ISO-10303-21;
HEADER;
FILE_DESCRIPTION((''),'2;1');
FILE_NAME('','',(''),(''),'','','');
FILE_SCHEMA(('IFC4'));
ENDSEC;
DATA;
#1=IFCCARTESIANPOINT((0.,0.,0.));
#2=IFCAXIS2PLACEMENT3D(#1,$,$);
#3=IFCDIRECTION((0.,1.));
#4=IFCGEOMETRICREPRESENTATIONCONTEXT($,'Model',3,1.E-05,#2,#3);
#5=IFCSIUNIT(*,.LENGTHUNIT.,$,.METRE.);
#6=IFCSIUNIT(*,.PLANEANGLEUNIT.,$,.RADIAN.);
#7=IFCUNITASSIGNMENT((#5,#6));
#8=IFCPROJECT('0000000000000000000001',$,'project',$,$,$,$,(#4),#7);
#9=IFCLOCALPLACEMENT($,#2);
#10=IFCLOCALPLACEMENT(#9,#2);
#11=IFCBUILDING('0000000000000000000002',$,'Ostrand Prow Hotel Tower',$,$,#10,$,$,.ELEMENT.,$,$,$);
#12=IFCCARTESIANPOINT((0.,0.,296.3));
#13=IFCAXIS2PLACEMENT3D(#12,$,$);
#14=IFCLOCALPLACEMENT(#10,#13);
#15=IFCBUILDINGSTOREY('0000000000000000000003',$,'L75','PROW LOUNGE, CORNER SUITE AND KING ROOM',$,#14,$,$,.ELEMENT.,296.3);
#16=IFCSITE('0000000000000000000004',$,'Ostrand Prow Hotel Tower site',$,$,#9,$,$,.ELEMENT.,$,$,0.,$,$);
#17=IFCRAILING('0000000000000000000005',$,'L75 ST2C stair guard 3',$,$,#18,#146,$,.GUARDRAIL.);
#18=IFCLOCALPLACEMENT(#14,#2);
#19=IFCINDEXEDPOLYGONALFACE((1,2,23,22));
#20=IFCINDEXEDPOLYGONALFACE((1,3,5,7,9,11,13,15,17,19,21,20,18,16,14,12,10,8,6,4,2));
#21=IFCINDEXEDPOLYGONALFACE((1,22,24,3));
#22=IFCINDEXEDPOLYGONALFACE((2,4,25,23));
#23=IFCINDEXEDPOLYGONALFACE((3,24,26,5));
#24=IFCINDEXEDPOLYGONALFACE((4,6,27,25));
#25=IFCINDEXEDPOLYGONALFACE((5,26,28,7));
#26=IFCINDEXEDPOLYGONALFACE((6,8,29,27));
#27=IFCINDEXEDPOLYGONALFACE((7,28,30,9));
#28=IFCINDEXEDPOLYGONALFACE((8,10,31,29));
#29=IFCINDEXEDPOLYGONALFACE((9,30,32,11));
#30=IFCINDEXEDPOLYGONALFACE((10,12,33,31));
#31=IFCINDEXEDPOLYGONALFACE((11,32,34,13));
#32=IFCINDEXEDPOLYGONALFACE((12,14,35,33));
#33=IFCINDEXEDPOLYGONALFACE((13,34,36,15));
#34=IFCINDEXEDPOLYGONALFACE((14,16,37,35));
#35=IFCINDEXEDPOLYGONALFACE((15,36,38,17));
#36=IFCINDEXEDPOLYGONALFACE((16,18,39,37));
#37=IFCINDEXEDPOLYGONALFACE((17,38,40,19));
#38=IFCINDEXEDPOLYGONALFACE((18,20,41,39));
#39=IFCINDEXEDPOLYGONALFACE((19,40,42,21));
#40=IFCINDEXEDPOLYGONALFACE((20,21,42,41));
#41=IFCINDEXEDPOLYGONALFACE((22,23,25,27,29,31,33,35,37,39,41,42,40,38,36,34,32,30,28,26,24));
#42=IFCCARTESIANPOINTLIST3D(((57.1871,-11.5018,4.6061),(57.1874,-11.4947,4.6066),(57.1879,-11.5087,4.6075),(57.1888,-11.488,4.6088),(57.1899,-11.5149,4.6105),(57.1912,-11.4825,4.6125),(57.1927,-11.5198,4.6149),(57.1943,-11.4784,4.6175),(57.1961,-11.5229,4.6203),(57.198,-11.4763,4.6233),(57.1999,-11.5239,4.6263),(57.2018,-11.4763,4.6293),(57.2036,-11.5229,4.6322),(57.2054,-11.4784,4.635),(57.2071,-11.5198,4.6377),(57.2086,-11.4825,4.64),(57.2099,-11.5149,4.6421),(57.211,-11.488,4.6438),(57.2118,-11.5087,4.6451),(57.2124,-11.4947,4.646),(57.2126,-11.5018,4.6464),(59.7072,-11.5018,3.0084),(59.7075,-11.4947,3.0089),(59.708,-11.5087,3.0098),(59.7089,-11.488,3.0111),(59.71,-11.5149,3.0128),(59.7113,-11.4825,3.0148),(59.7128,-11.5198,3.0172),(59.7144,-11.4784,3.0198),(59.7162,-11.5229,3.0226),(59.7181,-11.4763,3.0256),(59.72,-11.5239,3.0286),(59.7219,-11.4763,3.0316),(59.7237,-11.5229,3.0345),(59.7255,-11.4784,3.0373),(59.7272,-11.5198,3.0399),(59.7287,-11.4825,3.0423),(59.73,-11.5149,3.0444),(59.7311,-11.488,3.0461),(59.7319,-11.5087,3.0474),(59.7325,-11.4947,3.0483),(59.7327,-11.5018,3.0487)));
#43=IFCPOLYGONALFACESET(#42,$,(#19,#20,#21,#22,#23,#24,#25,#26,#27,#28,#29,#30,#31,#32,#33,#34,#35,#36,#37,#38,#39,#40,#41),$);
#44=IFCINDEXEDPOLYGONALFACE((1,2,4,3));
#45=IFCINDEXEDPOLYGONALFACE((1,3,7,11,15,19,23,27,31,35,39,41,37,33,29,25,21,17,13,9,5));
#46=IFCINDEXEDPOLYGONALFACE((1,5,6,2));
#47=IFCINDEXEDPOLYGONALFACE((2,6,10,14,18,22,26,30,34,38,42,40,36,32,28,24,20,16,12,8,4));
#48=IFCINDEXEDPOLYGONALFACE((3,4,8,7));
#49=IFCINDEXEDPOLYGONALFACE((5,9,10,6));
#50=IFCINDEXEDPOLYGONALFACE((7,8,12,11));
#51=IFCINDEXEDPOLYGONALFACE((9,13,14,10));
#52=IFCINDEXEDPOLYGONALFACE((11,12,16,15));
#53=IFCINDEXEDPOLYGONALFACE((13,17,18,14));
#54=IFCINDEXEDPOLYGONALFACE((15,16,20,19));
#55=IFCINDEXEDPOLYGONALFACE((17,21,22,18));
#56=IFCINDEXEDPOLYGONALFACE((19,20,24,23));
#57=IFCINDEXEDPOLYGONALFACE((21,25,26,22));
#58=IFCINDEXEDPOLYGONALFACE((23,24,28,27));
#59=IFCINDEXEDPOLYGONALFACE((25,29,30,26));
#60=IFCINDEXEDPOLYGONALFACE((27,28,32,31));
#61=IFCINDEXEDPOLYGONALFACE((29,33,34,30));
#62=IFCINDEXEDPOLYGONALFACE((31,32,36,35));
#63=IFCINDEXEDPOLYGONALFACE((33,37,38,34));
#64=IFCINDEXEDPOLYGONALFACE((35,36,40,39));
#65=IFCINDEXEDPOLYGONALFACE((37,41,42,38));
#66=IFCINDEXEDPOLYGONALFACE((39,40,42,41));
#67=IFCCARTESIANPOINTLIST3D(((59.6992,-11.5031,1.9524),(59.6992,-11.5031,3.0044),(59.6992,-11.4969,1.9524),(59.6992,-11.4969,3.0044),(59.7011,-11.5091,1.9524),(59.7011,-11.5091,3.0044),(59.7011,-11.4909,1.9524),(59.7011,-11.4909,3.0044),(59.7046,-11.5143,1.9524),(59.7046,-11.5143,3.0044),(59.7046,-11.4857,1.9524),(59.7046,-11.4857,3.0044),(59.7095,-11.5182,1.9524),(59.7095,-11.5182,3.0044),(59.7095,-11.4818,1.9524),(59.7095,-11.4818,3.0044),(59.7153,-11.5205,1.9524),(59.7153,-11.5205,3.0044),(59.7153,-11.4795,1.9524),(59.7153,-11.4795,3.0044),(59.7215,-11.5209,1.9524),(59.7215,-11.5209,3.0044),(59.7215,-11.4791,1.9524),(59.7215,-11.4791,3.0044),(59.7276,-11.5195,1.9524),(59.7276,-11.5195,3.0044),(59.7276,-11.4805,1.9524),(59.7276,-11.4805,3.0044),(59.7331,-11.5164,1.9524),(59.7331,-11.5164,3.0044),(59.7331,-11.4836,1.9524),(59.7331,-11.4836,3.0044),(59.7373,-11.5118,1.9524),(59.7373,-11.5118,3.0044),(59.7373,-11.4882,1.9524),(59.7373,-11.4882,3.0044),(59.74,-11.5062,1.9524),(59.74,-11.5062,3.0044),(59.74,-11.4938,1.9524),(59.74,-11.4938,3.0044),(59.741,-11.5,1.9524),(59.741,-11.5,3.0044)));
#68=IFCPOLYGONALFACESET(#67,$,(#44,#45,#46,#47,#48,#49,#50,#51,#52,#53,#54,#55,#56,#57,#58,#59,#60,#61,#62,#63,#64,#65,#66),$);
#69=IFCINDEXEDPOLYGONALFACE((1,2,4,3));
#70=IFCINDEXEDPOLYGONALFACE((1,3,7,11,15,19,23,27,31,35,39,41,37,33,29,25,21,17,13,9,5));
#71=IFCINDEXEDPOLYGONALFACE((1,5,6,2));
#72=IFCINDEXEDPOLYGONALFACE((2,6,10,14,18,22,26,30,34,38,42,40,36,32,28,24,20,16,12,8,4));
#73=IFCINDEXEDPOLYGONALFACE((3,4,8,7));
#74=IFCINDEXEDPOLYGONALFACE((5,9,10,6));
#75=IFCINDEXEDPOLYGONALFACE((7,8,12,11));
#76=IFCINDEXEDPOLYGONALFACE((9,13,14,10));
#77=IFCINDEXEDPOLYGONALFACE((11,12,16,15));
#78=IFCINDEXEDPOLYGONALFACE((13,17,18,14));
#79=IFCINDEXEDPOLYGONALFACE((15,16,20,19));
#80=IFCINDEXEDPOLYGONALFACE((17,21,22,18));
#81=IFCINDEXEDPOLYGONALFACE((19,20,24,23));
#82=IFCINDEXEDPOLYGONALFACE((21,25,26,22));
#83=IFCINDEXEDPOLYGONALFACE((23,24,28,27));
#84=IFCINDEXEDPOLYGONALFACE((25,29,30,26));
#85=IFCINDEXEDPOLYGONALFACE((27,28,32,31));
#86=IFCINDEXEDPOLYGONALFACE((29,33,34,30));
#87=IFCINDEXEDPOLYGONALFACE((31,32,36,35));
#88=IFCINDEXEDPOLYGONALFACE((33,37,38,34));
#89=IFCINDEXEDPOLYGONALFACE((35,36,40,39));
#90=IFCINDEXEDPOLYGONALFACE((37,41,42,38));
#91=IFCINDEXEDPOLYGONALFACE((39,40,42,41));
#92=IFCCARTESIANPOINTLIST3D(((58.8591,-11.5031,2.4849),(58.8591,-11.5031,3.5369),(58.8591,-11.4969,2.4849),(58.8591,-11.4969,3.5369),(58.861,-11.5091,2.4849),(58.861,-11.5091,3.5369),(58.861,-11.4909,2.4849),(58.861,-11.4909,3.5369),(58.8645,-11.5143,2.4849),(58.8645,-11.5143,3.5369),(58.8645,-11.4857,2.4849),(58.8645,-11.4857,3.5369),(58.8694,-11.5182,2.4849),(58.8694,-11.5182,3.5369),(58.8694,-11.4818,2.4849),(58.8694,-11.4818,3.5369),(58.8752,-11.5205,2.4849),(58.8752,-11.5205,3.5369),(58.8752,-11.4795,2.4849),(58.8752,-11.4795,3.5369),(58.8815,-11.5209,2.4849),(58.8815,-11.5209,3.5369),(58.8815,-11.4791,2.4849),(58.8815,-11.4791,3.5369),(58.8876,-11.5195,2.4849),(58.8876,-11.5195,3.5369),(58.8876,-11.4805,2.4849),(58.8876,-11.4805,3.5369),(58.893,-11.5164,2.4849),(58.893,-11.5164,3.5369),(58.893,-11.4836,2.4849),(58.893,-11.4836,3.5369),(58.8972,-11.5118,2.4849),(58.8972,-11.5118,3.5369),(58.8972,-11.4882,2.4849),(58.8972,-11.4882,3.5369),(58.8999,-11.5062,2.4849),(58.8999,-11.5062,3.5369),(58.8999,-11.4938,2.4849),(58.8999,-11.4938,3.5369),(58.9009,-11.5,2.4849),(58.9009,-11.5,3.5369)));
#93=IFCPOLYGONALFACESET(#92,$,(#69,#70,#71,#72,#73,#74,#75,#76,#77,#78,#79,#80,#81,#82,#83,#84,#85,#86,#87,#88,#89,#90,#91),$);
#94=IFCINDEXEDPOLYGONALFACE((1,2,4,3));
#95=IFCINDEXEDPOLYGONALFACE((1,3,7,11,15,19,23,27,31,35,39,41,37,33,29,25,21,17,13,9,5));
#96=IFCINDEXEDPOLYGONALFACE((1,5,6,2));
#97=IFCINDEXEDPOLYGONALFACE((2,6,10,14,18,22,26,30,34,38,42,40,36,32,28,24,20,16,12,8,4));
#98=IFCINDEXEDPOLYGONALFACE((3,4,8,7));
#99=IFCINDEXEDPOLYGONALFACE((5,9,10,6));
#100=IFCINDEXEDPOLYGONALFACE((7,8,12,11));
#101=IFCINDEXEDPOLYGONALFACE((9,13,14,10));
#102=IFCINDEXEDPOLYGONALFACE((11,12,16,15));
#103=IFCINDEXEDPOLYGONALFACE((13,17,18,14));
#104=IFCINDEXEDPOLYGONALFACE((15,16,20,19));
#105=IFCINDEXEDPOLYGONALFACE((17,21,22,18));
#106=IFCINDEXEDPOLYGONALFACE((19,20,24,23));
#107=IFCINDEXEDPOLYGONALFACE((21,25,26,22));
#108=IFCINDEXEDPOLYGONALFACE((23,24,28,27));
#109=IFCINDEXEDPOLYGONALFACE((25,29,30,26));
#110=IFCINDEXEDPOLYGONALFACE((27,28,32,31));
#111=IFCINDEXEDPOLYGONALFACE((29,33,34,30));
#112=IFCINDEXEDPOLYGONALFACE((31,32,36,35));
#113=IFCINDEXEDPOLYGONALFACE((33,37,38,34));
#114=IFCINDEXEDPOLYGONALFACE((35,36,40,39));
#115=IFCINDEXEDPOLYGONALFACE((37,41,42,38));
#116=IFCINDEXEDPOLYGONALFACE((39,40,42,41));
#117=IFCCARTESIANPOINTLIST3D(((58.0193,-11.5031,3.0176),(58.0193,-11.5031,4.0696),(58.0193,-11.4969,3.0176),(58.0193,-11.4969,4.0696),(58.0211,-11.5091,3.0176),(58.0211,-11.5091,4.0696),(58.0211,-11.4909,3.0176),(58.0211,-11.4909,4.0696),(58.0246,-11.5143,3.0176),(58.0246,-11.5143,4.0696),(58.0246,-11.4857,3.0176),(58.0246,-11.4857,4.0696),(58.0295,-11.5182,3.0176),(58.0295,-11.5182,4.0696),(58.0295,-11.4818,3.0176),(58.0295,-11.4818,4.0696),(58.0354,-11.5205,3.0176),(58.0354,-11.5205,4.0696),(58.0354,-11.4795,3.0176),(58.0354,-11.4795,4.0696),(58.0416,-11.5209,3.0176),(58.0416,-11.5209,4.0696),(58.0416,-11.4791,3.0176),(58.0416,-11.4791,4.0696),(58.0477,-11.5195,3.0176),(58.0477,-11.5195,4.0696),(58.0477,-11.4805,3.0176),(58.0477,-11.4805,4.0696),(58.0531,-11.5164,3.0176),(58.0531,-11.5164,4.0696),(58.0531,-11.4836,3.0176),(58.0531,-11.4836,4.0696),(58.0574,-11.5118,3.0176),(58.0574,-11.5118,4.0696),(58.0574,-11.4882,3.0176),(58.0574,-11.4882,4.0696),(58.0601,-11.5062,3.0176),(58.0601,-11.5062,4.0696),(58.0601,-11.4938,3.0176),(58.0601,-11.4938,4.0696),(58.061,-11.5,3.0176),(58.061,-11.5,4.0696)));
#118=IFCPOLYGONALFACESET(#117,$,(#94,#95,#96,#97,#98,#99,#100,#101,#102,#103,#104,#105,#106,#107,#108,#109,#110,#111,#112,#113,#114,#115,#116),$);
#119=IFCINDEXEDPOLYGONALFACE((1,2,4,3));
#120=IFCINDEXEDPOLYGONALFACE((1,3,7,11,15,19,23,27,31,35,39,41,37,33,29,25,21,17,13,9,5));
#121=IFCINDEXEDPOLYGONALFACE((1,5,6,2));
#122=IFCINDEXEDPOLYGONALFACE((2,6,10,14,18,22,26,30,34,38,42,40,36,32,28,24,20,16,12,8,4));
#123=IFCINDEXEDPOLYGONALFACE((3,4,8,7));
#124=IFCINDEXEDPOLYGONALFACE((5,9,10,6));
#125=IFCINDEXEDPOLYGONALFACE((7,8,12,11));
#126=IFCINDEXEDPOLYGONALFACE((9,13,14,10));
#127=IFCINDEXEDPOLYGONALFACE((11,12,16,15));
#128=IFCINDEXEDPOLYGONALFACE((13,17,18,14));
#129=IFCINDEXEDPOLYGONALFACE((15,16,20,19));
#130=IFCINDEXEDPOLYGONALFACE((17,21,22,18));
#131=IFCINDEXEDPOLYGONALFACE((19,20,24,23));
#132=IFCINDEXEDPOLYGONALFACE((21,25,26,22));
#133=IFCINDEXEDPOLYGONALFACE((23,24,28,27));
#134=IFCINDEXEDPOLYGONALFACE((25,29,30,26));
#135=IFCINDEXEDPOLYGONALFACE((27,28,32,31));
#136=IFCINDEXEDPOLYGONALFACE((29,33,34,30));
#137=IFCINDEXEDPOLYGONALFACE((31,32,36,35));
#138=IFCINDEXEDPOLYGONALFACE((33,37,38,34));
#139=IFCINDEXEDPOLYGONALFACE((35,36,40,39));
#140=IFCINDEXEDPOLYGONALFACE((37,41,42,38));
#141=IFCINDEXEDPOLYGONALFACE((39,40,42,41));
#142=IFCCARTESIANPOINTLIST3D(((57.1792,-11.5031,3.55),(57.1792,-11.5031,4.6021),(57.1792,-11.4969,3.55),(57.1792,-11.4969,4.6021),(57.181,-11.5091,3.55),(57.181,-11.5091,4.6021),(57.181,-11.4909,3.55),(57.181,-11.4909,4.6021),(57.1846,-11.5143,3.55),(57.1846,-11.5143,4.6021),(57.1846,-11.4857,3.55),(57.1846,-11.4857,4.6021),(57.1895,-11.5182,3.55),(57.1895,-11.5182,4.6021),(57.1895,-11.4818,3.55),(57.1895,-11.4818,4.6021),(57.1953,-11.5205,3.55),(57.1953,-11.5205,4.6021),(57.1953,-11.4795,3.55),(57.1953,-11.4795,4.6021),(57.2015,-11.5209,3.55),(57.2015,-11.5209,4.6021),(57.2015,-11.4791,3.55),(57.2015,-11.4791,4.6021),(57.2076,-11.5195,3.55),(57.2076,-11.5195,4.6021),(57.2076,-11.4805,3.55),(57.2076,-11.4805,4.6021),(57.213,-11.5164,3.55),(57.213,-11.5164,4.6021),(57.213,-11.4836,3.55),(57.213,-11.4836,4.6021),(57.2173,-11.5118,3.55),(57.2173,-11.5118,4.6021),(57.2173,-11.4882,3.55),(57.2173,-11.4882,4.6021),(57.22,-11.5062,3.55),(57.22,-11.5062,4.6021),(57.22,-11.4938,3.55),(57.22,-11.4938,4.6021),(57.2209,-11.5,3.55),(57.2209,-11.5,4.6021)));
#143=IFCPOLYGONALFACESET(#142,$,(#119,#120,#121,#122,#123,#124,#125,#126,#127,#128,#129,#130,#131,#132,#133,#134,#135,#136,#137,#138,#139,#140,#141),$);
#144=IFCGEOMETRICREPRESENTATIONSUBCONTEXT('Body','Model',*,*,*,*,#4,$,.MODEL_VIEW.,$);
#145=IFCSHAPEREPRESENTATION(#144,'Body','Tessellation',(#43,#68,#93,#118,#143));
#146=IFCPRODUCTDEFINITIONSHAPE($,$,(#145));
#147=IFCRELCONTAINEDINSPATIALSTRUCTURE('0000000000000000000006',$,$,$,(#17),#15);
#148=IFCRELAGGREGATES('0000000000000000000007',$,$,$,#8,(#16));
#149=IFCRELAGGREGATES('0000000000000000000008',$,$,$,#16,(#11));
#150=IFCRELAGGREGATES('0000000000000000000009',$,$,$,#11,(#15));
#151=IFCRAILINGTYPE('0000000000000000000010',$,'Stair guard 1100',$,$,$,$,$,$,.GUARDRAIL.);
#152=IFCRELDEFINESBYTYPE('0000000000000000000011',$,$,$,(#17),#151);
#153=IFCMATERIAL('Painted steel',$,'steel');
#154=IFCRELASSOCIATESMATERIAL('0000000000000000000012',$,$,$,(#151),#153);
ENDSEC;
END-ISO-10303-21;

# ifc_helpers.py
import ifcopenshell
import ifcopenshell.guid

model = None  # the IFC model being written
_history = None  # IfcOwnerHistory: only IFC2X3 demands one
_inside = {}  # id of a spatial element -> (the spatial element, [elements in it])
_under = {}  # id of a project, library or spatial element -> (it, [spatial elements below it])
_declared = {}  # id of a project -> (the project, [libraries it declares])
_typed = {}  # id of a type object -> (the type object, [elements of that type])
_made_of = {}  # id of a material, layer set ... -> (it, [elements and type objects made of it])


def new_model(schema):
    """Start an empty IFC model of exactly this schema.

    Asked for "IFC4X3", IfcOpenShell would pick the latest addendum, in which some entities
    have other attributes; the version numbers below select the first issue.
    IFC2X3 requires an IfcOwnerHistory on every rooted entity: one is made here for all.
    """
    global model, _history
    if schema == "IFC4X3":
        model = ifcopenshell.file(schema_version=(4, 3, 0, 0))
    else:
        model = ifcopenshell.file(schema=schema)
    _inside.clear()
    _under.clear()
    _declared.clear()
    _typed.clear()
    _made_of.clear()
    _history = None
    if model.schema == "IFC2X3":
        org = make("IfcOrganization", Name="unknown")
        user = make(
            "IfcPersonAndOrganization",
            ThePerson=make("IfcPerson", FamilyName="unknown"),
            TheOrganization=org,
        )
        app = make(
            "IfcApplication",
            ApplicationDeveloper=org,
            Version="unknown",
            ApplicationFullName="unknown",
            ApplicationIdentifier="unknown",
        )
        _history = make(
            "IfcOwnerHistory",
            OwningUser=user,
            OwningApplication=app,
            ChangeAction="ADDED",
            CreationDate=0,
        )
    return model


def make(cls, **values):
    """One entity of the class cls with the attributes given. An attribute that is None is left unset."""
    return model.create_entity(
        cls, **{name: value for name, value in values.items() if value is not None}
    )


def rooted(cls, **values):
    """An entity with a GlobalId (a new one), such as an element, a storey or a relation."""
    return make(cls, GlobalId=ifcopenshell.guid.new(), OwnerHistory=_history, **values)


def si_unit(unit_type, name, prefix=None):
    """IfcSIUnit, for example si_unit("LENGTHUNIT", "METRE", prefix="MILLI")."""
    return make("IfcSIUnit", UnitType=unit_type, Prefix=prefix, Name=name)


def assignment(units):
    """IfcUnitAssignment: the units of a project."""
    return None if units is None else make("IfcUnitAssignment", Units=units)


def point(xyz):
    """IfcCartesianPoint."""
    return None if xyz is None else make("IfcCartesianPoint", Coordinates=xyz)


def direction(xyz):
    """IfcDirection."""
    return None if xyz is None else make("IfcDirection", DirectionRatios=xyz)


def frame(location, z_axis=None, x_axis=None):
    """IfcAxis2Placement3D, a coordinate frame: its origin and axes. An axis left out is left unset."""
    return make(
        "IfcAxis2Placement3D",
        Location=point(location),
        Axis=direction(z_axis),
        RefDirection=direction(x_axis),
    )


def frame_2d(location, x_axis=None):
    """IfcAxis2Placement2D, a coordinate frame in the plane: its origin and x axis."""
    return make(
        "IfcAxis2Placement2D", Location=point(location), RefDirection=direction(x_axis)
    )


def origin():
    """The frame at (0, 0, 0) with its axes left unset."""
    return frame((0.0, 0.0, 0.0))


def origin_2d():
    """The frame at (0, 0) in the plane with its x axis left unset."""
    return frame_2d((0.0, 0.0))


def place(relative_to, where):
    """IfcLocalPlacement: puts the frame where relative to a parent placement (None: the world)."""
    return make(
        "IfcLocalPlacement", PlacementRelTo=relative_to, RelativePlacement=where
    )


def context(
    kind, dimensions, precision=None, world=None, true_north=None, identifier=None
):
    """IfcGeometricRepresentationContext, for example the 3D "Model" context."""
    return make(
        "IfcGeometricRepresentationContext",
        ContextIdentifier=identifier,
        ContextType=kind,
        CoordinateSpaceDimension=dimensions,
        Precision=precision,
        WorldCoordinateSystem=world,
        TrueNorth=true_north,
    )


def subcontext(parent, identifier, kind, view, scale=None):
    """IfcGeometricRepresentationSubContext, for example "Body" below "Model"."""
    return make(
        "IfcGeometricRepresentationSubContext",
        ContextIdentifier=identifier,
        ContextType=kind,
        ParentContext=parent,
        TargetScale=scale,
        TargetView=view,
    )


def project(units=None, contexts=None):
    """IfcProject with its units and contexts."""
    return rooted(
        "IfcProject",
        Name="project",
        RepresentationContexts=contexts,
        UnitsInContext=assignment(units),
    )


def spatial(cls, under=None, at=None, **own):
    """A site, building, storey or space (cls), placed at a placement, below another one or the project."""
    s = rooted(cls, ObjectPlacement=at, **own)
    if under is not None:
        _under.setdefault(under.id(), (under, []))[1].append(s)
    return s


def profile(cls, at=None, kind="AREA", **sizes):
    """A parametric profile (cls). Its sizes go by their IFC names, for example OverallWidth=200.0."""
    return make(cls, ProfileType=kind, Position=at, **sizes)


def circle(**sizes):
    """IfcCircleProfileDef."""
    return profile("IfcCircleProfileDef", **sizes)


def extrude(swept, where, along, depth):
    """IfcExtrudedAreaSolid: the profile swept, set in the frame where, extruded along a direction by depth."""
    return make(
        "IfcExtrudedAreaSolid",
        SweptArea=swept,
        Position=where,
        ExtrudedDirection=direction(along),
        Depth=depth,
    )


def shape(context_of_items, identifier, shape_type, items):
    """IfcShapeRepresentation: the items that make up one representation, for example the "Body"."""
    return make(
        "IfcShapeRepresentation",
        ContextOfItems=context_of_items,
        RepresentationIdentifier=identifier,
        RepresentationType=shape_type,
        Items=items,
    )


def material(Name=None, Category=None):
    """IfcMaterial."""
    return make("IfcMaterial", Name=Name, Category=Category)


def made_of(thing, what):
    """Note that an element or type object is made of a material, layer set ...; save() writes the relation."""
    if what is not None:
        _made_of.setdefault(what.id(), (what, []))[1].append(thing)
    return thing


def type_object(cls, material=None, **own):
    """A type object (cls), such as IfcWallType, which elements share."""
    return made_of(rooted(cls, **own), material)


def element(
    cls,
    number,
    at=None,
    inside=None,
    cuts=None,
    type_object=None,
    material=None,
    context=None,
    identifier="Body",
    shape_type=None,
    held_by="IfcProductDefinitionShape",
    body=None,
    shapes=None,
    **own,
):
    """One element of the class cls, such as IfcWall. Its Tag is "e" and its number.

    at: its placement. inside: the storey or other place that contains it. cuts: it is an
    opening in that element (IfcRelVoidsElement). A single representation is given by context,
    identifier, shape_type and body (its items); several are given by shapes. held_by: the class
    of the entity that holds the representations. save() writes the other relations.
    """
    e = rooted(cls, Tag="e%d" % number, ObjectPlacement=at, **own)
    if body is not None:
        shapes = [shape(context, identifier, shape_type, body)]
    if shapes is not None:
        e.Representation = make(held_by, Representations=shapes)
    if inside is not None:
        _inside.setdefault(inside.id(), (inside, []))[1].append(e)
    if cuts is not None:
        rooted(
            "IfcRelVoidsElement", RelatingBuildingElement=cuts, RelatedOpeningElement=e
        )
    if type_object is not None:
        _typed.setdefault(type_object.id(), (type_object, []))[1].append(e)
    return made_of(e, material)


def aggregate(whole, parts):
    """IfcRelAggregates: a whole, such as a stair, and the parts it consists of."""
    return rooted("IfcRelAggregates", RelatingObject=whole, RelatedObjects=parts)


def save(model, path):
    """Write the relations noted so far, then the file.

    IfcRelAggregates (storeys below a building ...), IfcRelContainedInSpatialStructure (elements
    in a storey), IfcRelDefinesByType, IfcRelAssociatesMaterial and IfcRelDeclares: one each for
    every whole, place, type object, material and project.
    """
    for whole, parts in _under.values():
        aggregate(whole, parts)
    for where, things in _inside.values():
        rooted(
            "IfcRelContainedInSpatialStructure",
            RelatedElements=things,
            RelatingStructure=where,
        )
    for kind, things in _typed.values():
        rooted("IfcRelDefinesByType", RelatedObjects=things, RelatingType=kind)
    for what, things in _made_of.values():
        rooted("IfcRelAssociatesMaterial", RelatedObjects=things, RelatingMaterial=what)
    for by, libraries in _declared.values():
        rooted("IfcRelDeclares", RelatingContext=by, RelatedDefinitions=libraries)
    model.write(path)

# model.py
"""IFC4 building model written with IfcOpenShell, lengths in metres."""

from ifc_helpers import new_model, si_unit, direction, frame, origin, origin_2d, place, context, subcontext, project, spatial, circle, extrude, material, type_object, element, save


model = new_model("IFC4")

# Units and contexts
model_context = context("Model", 3, precision=1e-05, world=origin(), true_north=direction((0.0, 1.0)))
body_context = subcontext(model_context, "Body", "Model", "MODEL_VIEW")
ifc_project = project(units=[si_unit("LENGTHUNIT", "METRE"), si_unit("PLANEANGLEUNIT", "RADIAN")], contexts=[model_context])

# Site, building, storey
site_placement = place(None, origin())
site = spatial("IfcSite", under=ifc_project, at=site_placement, Name="Ostrand Prow Hotel Tower site", CompositionType="ELEMENT", RefElevation=0.0)
building_placement = place(site_placement, origin())
building = spatial("IfcBuilding", under=site, at=building_placement, Name="Ostrand Prow Hotel Tower", CompositionType="ELEMENT")
storey_placement = place(building_placement, frame((0.0, 0.0, 296.3)))
storey = spatial("IfcBuildingStorey", under=building, at=storey_placement, Name="L75", Description="PROW LOUNGE, CORNER SUITE AND KING ROOM", CompositionType="ELEMENT", Elevation=296.3)

# Railing
ifc_material_1 = material(Name="Painted steel", Category="steel")
railing_type_1 = type_object("IfcRailingType", Name="Stair guard 1100", PredefinedType="GUARDRAIL", material=ifc_material_1)
railing_1_placement = place(storey_placement, frame((59.72, -11.5, 1.9524)))
element("IfcRailing", 1, at=railing_1_placement, inside=storey, type_object=railing_type_1, Name="L75 ST2C stair guard 3", PredefinedType="GUARDRAIL", context=body_context, shape_type="SweptSolid", body=[
    extrude(circle(Radius=0.0239, at=origin_2d()), frame((0.0, 0.0, 1.0762), z_axis=(-0.84457, 0.0, 0.535445), x_axis=(0.0, -1.0, 0.0)), (0.0, 0.0, 1.0), 2.9839),
    extrude(circle(Radius=0.021, at=origin_2d()), origin(), (0.0, 0.0, 1.0), 1.052),
    extrude(circle(Radius=0.021, at=origin_2d()), frame((-0.8401, 0.0, 0.5325)), (0.0, 0.0, 1.0), 1.052),
    extrude(circle(Radius=0.021, at=origin_2d()), frame((-1.6799, 0.0, 1.0652)), (0.0, 0.0, 1.0), 1.052),
    extrude(circle(Radius=0.021, at=origin_2d()), frame((-2.52, 0.0, 1.5977)), (0.0, 0.0, 1.0), 1.052),
])

save(model, "model.ifc")
